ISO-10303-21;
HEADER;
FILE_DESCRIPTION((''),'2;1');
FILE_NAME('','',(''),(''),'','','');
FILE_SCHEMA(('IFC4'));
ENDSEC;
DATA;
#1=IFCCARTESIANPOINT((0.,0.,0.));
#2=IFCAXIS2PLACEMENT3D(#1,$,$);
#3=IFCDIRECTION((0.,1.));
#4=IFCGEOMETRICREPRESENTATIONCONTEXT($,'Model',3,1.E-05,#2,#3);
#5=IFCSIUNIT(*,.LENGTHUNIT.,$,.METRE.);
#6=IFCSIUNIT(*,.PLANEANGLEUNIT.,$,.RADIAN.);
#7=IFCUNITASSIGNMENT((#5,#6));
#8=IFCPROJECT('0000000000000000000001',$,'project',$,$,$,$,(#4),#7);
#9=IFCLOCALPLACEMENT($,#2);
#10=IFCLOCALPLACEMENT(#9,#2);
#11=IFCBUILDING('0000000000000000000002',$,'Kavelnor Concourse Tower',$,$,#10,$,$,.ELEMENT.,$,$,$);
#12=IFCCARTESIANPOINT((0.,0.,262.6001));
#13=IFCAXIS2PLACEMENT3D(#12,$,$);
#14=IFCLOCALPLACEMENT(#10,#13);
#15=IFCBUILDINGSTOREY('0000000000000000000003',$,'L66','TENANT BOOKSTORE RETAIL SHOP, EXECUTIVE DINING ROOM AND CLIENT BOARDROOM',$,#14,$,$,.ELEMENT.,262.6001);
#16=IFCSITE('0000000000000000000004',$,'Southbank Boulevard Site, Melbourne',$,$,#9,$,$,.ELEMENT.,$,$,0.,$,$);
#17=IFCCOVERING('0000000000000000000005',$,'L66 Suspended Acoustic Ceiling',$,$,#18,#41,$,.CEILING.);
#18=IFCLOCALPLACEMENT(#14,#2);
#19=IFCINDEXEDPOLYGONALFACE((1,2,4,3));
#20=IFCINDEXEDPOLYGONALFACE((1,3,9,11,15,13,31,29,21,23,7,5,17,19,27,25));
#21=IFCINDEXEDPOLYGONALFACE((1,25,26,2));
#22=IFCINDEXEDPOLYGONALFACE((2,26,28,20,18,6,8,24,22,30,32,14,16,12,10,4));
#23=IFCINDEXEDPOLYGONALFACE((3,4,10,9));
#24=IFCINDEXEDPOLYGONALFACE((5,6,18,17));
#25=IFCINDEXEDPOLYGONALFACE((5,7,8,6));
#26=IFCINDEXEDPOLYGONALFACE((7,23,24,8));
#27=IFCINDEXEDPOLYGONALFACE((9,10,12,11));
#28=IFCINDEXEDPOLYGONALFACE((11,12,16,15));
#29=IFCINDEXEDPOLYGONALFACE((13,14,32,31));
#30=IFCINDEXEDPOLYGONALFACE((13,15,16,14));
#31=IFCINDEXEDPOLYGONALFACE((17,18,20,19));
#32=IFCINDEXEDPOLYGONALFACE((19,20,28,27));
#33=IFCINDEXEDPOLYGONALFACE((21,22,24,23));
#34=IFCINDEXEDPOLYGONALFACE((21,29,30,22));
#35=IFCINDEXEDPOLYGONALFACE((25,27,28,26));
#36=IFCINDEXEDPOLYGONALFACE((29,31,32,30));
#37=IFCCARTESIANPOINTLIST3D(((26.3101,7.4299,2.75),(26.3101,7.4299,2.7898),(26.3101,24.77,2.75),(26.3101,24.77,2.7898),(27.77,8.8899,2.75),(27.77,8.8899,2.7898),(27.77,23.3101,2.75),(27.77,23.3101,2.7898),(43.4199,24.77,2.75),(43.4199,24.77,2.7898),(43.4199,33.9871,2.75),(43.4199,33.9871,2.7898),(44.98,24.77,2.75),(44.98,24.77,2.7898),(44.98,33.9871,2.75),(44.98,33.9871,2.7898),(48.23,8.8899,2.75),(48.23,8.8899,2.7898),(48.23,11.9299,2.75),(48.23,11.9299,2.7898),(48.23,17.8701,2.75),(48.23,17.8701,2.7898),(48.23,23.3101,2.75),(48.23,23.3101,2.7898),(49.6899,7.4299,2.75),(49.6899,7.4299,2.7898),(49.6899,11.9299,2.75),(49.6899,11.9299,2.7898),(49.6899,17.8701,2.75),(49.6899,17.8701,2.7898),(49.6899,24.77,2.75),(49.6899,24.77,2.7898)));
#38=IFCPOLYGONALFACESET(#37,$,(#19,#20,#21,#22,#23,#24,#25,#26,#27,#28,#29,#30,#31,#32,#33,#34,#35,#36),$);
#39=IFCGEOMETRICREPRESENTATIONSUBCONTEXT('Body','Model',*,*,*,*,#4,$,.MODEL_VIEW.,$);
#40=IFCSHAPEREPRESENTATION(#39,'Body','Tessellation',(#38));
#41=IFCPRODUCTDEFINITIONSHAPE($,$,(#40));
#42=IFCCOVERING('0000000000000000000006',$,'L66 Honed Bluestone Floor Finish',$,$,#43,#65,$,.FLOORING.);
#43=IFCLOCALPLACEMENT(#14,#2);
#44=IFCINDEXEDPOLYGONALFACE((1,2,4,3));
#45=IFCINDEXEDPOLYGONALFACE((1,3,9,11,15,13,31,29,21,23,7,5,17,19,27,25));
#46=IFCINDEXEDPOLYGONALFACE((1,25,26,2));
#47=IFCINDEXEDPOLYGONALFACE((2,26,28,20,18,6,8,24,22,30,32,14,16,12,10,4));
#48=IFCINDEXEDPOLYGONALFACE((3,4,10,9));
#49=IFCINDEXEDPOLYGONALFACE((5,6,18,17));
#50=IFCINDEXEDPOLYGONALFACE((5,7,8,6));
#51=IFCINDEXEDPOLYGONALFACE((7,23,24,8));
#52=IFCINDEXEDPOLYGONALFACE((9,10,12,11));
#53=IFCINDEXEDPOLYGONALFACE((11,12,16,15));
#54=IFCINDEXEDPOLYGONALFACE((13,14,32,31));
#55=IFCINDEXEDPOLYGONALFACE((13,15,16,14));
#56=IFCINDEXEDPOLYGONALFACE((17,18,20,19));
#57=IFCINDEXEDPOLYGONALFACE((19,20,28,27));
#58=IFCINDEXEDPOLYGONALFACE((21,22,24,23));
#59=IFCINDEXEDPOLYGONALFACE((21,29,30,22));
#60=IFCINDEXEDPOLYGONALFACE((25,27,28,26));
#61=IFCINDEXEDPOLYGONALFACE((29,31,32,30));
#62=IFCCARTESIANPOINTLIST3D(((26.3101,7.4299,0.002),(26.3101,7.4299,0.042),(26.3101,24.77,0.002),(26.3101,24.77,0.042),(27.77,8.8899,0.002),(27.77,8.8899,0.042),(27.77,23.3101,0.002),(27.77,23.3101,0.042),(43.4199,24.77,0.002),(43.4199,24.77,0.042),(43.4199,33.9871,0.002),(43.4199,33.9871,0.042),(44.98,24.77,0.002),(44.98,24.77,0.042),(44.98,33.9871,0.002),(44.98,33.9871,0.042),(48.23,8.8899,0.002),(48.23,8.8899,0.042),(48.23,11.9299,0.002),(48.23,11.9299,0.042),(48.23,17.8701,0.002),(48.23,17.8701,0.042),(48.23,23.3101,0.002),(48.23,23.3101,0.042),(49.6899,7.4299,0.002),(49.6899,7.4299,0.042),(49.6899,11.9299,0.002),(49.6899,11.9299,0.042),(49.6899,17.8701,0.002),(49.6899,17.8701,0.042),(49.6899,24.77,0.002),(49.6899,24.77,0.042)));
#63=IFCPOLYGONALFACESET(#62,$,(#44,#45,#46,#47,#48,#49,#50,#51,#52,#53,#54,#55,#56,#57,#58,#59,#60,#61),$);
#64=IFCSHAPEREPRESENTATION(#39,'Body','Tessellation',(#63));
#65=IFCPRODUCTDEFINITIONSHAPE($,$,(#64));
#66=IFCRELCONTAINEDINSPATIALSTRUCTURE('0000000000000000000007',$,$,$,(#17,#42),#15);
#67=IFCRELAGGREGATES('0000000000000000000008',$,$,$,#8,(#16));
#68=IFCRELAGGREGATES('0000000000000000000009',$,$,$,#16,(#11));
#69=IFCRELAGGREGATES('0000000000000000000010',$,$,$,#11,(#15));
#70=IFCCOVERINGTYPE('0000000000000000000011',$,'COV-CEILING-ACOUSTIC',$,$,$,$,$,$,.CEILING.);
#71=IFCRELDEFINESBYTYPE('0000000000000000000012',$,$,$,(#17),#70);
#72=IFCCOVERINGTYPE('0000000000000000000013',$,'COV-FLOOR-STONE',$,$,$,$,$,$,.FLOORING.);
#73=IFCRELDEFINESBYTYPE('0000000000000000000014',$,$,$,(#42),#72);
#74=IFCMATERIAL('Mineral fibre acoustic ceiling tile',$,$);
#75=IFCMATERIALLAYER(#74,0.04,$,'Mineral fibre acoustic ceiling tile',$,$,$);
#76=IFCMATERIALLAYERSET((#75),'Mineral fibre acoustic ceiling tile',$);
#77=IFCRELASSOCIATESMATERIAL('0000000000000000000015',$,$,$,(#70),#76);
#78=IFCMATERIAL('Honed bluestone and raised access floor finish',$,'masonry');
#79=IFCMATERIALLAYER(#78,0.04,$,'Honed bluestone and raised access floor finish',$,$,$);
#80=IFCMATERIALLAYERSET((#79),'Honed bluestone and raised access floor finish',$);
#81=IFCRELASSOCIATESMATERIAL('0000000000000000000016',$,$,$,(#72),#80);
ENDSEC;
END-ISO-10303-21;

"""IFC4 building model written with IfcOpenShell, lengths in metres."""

from ifc_helpers import new_model, si_unit, direction, frame, origin, place, context, subcontext, project, spatial, polyline, outline, extrude, material, layer, layer_set, type_object, element, save


model = new_model("IFC4")

# Units and contexts
model_context = context("Model", 3, precision=1e-05, world=origin(), true_north=direction((0.0, 1.0)))
body_context = subcontext(model_context, "Body", "Model", "MODEL_VIEW")
ifc_project = project(units=[si_unit("LENGTHUNIT", "METRE"), si_unit("PLANEANGLEUNIT", "RADIAN")], contexts=[model_context])

# Site, building, storey
site_placement = place(None, origin())
site = spatial("IfcSite", under=ifc_project, at=site_placement, Name="Southbank Boulevard Site, Melbourne", CompositionType="ELEMENT", RefElevation=0.0)
building_placement = place(site_placement, origin())
building = spatial("IfcBuilding", under=site, at=building_placement, Name="Kavelnor Concourse Tower", CompositionType="ELEMENT")
storey_placement = place(building_placement, frame((0.0, 0.0, 262.6001)))
storey = spatial("IfcBuildingStorey", under=building, at=storey_placement, Name="L66", Description="TENANT BOOKSTORE RETAIL SHOP, EXECUTIVE DINING ROOM AND CLIENT BOARDROOM", CompositionType="ELEMENT", Elevation=262.6001)

# Coverings
ifc_material_1 = material(Name="Mineral fibre acoustic ceiling tile")
ifc_layer_1 = layer(ifc_material_1, 0.04, Name="Mineral fibre acoustic ceiling tile")
ifc_layer_set_1 = layer_set([ifc_layer_1], Name="Mineral fibre acoustic ceiling tile")
covering_type_1 = type_object("IfcCoveringType", Name="COV-CEILING-ACOUSTIC", PredefinedType="CEILING", material=ifc_layer_set_1)
covering_1_placement = place(storey_placement, frame((0.0, 0.0, 2.75)))
element("IfcCovering", 1, at=covering_1_placement, inside=storey, type_object=covering_type_1, Name="L66 Suspended Acoustic Ceiling", PredefinedType="CEILING", context=body_context, shape_type="SweptSolid", body=[
    extrude(outline(polyline([(44.98, 24.77), (49.6899, 24.77), (49.6899, 17.8701), (48.23, 17.8701), (48.23, 23.3101), (27.77, 23.3101), (27.77, 8.8899), (48.23, 8.8899), (48.23, 11.9299), (49.6899, 11.9299), (49.6899, 7.4299), (26.3101, 7.4299), (26.3101, 24.77), (43.4199, 24.77), (43.4199, 33.9871), (44.98, 33.9871), (44.98, 24.77)])), origin(), (0.0, 0.0, 1.0), 0.0398),
])
ifc_material_2 = material(Name="Honed bluestone and raised access floor finish", Category="masonry")
ifc_layer_2 = layer(ifc_material_2, 0.04, Name="Honed bluestone and raised access floor finish")
ifc_layer_set_2 = layer_set([ifc_layer_2], Name="Honed bluestone and raised access floor finish")
covering_type_2 = type_object("IfcCoveringType", Name="COV-FLOOR-STONE", PredefinedType="FLOORING", material=ifc_layer_set_2)
covering_2_placement = place(storey_placement, frame((0.0, 0.0, 0.002)))
element("IfcCovering", 2, at=covering_2_placement, inside=storey, type_object=covering_type_2, Name="L66 Honed Bluestone Floor Finish", PredefinedType="FLOORING", context=body_context, shape_type="SweptSolid", body=[
    extrude(outline(polyline([(44.98, 24.77), (49.6899, 24.77), (49.6899, 17.8701), (48.23, 17.8701), (48.23, 23.3101), (27.77, 23.3101), (27.77, 8.8899), (48.23, 8.8899), (48.23, 11.9299), (49.6899, 11.9299), (49.6899, 7.4299), (26.3101, 7.4299), (26.3101, 24.77), (43.4199, 24.77), (43.4199, 33.9871), (44.98, 33.9871), (44.98, 24.77)])), origin(), (0.0, 0.0, 1.0), 0.04),
])

save(model, "model.ifc")
